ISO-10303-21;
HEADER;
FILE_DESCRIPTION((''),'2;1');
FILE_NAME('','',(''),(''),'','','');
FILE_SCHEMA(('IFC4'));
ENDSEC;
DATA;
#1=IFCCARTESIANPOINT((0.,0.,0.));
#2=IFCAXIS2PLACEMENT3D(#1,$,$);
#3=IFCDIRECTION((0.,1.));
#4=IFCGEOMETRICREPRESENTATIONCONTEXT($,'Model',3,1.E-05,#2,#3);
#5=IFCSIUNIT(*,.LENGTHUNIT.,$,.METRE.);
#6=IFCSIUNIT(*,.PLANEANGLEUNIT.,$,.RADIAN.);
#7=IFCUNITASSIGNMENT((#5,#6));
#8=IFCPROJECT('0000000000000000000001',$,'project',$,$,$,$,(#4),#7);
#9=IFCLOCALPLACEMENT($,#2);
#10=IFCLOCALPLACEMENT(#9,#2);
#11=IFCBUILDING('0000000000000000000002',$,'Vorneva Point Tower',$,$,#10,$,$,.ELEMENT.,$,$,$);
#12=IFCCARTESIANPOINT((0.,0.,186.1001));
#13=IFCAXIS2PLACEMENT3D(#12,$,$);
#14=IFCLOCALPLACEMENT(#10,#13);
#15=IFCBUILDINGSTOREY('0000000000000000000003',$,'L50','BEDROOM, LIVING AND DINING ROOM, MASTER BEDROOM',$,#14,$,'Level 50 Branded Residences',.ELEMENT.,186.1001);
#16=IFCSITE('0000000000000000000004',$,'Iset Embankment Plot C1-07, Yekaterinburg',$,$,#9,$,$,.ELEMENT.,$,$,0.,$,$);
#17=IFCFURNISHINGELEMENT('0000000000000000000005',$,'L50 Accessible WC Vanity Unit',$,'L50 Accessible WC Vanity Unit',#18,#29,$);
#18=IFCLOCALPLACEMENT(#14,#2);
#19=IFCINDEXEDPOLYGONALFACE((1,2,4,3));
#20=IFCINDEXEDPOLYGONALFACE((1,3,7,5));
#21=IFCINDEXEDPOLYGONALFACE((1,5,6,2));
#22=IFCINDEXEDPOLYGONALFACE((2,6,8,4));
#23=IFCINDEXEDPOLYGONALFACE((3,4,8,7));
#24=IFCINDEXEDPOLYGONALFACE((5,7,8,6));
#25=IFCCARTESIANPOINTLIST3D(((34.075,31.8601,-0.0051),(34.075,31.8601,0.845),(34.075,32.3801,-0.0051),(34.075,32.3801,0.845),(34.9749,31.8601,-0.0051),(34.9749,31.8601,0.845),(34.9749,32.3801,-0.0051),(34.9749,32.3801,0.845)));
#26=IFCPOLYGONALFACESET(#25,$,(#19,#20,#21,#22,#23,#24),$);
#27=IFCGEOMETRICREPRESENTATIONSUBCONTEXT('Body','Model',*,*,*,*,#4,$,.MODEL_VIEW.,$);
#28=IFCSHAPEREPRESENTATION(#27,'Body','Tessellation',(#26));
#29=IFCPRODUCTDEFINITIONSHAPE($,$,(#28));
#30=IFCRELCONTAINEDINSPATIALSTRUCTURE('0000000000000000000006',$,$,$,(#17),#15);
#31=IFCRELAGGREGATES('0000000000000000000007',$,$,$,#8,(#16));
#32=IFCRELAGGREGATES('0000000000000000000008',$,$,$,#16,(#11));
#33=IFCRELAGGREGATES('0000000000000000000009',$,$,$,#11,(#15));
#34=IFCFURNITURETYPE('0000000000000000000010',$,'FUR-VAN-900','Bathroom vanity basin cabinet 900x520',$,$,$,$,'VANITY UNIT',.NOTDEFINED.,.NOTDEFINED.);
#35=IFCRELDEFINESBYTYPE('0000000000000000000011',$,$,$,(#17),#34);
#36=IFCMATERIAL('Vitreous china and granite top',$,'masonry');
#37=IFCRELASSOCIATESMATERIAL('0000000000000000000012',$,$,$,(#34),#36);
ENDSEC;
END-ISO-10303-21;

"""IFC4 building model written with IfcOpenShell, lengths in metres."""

from ifc_helpers import new_model, si_unit, direction, frame, origin, origin_2d, place, context, subcontext, project, spatial, rectangle, extrude, material, type_object, element, save


model = new_model("IFC4")

# Units and contexts
model_context = context("Model", 3, precision=1e-05, world=origin(), true_north=direction((0.0, 1.0)))
body_context = subcontext(model_context, "Body", "Model", "MODEL_VIEW")
ifc_project = project(units=[si_unit("LENGTHUNIT", "METRE"), si_unit("PLANEANGLEUNIT", "RADIAN")], contexts=[model_context])

# Site, building, storey
site_placement = place(None, origin())
site = spatial("IfcSite", under=ifc_project, at=site_placement, Name="Iset Embankment Plot C1-07, Yekaterinburg", CompositionType="ELEMENT", RefElevation=0.0)
building_placement = place(site_placement, origin())
building = spatial("IfcBuilding", under=site, at=building_placement, Name="Vorneva Point Tower", CompositionType="ELEMENT")
storey_placement = place(building_placement, frame((0.0, 0.0, 186.1001)))
storey = spatial("IfcBuildingStorey", under=building, at=storey_placement, Name="L50", Description="BEDROOM, LIVING AND DINING ROOM, MASTER BEDROOM", LongName="Level 50 Branded Residences", CompositionType="ELEMENT", Elevation=186.1001)

# Furnishing element
ifc_material_1 = material(Name="Vitreous china and granite top", Category="masonry")
furniture_type = type_object("IfcFurnitureType", Name="FUR-VAN-900", Description="Bathroom vanity basin cabinet 900x520", ElementType="VANITY UNIT", AssemblyPlace="NOTDEFINED", PredefinedType="NOTDEFINED", material=ifc_material_1)
furnishing_placement = place(storey_placement, frame((34.5249, 32.1201, -0.0051), z_axis=(0.0, 0.0, 1.0), x_axis=(1.0, 0.0, 0.0)))
element("IfcFurnishingElement", 1, at=furnishing_placement, inside=storey, type_object=furniture_type, Name="L50 Accessible WC Vanity Unit", ObjectType="L50 Accessible WC Vanity Unit", context=body_context, shape_type="SweptSolid", body=[
    extrude(rectangle(XDim=0.8999, YDim=0.52, at=origin_2d()), origin(), (0.0, 0.0, 1.0), 0.8501),
])

save(model, "model.ifc")
